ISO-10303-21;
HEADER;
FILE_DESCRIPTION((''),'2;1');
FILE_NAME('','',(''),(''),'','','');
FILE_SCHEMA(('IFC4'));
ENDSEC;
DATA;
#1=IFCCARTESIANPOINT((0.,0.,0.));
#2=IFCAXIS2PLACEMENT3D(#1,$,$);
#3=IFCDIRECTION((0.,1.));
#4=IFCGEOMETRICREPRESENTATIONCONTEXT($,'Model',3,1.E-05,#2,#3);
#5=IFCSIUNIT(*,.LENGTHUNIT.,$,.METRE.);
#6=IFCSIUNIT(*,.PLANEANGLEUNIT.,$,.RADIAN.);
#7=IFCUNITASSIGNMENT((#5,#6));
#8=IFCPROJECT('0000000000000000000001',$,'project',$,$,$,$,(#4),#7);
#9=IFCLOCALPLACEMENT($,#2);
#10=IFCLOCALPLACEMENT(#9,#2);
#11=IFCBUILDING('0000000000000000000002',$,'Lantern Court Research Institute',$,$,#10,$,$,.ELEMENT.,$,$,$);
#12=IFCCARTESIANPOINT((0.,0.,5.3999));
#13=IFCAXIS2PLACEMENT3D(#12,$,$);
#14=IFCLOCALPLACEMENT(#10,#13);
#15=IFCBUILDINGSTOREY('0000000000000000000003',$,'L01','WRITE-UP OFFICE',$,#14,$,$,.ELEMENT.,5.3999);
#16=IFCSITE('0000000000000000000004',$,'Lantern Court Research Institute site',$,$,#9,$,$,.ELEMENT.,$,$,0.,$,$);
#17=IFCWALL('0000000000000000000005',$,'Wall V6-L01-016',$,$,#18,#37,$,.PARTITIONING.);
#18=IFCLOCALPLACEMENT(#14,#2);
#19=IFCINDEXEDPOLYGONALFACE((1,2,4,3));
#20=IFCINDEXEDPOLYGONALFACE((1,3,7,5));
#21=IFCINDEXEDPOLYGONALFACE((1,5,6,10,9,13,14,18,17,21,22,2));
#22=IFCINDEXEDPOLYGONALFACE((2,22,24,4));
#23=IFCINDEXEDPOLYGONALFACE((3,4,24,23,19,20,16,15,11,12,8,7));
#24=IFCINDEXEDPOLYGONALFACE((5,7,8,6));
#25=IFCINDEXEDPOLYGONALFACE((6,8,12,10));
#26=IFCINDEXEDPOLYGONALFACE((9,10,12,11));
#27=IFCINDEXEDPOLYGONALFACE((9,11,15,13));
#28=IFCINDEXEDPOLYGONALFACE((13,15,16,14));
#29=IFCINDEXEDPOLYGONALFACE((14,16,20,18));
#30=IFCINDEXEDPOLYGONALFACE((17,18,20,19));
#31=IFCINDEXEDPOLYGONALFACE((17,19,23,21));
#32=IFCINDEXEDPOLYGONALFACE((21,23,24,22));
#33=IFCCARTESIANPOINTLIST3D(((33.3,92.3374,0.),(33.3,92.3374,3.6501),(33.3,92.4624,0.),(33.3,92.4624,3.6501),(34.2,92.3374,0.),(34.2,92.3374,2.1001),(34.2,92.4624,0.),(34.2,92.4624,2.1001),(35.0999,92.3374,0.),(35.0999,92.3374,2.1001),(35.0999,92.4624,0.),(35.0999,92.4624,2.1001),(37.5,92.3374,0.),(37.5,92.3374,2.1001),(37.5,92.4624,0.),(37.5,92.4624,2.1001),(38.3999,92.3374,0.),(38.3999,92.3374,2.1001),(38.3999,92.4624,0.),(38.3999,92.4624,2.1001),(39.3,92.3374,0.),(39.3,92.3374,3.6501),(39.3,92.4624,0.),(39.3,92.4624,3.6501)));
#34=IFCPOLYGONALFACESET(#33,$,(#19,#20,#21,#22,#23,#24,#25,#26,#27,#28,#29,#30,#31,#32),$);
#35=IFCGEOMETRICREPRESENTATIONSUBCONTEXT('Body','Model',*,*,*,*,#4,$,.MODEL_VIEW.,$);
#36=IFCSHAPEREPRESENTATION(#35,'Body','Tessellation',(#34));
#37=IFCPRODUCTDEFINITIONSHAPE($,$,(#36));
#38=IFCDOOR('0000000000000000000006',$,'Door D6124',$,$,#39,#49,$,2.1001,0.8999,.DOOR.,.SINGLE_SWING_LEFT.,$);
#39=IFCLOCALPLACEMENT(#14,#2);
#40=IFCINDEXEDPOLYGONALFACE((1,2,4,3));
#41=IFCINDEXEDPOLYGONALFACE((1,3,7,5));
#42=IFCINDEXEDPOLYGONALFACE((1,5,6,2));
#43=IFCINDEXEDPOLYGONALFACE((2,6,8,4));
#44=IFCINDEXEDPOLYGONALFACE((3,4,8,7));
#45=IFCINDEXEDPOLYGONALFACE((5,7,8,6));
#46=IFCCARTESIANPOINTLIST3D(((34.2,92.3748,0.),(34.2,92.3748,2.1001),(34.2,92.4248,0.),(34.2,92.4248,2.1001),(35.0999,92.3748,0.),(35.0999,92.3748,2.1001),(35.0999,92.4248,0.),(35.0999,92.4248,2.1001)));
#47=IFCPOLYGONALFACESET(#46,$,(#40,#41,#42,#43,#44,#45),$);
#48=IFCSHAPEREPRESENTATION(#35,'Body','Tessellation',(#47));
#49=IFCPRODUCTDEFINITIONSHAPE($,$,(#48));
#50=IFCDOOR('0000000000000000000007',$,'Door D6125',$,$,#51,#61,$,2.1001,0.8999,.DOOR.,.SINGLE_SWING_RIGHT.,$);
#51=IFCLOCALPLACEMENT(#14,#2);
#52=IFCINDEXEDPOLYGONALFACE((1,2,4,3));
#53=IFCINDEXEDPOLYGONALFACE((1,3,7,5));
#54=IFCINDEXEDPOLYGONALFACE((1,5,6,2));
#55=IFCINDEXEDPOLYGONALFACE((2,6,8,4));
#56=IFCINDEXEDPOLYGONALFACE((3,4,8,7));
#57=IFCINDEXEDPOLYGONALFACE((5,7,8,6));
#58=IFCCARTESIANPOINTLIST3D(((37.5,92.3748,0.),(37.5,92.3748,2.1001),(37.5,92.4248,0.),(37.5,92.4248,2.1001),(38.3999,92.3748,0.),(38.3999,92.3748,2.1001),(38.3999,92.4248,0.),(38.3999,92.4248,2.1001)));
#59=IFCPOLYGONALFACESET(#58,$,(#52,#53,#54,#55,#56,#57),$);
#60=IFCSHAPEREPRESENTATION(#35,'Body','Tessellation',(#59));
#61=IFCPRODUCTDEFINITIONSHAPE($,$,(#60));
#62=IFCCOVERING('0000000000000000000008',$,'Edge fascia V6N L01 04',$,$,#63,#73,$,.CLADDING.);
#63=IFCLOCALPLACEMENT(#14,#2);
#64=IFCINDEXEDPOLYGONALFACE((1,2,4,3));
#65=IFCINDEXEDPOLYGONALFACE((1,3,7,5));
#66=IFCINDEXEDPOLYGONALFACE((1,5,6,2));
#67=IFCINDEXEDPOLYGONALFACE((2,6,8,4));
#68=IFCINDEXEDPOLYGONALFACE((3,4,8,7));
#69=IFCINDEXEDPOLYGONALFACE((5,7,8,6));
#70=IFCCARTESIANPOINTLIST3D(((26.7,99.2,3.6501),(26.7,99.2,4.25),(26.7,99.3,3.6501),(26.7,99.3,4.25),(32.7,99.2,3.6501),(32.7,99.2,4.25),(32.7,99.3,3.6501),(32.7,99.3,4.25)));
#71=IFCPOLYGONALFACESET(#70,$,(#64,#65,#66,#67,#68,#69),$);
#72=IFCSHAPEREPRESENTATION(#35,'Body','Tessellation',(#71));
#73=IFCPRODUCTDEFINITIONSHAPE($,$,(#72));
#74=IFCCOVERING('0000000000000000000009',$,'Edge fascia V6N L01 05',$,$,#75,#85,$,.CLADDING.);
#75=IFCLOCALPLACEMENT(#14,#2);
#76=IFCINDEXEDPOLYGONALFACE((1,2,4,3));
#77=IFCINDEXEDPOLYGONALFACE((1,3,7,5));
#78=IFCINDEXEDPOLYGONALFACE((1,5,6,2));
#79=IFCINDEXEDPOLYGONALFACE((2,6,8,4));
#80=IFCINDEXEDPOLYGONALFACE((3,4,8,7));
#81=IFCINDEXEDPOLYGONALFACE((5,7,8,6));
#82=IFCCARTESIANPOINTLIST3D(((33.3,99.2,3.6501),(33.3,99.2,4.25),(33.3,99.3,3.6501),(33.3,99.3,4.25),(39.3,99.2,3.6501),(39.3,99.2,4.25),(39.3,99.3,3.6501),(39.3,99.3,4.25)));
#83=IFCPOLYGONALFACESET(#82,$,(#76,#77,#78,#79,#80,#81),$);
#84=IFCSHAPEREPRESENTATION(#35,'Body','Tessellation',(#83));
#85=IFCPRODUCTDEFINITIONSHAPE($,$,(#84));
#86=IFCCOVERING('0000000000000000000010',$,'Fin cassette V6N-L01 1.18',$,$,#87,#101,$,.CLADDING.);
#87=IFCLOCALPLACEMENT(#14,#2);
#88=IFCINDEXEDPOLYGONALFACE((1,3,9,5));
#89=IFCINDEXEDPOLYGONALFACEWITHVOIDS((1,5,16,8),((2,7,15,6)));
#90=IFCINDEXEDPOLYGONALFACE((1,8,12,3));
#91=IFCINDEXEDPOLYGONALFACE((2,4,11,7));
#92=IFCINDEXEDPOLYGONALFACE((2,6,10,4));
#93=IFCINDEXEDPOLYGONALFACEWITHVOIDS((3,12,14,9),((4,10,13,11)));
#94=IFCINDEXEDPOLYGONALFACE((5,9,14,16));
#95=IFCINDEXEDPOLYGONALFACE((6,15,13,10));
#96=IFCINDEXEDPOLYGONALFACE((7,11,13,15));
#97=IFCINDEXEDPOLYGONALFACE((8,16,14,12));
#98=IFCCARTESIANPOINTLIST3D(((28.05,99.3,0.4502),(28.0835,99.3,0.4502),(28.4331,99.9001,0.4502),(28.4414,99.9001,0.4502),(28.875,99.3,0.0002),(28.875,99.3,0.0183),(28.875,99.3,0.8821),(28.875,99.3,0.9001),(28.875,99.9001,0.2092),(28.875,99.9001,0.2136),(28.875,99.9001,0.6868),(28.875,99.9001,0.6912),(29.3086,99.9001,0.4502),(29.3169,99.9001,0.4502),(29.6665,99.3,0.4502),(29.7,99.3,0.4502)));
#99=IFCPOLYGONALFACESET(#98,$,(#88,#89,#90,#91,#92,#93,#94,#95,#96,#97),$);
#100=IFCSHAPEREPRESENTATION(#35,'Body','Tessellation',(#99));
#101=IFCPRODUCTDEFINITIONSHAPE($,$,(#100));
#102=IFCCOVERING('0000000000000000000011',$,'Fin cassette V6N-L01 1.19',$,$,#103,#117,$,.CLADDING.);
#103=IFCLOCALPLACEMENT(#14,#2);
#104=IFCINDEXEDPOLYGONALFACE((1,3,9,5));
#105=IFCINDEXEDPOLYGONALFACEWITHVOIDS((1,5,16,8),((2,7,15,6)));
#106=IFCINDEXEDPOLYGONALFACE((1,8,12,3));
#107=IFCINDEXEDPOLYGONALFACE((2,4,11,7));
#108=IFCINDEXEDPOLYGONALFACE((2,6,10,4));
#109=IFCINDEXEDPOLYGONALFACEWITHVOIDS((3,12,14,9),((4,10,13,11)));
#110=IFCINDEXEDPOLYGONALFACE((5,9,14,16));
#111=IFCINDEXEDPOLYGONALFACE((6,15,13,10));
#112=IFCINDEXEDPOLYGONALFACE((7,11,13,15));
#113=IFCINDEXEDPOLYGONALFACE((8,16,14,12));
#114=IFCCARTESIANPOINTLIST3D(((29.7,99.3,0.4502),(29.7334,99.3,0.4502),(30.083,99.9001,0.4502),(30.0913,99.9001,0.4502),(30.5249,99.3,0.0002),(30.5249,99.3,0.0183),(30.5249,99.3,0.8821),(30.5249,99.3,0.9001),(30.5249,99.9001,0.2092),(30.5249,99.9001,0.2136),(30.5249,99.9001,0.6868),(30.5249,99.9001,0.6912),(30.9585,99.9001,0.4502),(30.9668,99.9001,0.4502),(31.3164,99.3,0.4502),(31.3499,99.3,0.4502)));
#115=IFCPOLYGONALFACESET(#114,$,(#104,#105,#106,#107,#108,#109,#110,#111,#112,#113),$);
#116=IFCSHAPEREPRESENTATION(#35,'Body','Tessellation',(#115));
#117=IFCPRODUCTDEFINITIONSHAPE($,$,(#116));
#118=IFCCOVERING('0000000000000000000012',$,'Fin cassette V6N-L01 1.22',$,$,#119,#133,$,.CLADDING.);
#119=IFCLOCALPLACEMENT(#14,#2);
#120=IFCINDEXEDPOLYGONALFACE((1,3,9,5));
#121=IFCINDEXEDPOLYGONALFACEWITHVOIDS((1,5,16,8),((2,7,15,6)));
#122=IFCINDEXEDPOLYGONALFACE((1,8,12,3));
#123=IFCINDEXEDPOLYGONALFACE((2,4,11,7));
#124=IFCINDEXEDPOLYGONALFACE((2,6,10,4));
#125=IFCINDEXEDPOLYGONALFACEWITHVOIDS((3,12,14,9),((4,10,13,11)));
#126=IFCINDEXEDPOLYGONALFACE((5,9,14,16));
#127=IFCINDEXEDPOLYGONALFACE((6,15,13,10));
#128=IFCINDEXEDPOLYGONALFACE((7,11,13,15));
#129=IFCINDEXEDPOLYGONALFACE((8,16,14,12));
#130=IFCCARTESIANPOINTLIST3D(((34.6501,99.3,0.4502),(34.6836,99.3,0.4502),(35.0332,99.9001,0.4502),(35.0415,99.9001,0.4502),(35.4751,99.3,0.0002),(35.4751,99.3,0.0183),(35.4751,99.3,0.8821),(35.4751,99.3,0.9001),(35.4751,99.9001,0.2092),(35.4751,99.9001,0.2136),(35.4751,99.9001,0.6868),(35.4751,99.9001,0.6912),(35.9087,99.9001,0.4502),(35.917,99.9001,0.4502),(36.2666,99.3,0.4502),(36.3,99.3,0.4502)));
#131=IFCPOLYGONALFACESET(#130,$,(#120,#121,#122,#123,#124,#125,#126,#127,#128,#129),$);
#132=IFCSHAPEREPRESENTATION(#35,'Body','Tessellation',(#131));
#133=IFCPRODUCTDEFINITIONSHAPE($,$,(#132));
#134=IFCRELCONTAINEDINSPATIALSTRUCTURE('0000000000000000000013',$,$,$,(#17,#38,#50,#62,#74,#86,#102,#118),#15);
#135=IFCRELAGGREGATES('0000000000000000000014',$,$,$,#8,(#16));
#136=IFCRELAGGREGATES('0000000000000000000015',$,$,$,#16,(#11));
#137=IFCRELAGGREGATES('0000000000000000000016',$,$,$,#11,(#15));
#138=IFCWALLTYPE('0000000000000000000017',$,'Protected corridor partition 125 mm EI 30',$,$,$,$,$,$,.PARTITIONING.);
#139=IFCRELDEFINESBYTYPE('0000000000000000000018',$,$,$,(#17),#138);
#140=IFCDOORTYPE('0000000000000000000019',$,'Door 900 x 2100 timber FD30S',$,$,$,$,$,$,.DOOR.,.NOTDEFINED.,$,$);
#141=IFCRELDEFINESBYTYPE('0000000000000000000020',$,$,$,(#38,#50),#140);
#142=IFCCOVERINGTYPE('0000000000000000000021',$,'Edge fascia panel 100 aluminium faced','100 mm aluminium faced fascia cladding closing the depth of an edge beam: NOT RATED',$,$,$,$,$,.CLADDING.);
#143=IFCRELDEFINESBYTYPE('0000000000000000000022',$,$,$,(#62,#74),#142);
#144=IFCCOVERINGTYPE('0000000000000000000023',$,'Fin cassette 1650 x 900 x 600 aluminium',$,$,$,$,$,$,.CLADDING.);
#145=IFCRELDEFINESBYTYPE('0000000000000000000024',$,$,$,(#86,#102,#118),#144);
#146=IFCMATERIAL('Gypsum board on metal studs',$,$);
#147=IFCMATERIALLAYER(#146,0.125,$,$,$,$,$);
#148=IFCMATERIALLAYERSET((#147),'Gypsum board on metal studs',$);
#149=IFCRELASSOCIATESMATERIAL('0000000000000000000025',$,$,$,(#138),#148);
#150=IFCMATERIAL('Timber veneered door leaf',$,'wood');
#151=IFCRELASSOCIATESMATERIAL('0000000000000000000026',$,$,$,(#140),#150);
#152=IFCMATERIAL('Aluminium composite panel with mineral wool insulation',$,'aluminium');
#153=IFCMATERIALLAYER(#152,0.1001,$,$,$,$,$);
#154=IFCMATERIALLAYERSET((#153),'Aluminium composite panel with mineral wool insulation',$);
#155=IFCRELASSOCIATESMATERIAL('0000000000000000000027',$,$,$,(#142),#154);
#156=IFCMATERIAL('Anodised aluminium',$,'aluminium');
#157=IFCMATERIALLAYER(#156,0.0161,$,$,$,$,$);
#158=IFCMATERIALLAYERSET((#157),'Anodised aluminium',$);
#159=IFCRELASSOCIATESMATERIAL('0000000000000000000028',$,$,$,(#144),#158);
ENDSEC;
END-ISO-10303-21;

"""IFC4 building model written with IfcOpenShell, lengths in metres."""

from ifc_helpers import new_model, entity, si_unit, direction, frame, frame_2d, origin, place, context, subcontext, project, spatial, rectangle, extrude, material, layer, layer_set, type_object, element, fill, save


model = new_model("IFC4")

# Units and contexts
model_context = context("Model", 3, precision=1e-05, world=origin(), true_north=direction((0.0, 1.0)))
body_context = subcontext(model_context, "Body", "Model", "MODEL_VIEW")
ifc_project = project(units=[si_unit("LENGTHUNIT", "METRE"), si_unit("PLANEANGLEUNIT", "RADIAN")], contexts=[model_context])

# Site, building, storey
site_placement = place(None, origin())
site = spatial("IfcSite", under=ifc_project, at=site_placement, Name="Lantern Court Research Institute site", CompositionType="ELEMENT", RefElevation=0.0)
building_placement = place(site_placement, origin())
building = spatial("IfcBuilding", under=site, at=building_placement, Name="Lantern Court Research Institute", CompositionType="ELEMENT")
storey_placement = place(building_placement, frame((0.0, 0.0, 5.3999)))
storey = spatial("IfcBuildingStorey", under=building, at=storey_placement, Name="L01", Description="WRITE-UP OFFICE", CompositionType="ELEMENT", Elevation=5.3999)

# Wall, openings, doors
ifc_material_1 = material(Name="Gypsum board on metal studs")
ifc_layer_1 = layer(ifc_material_1, 0.125)
ifc_layer_set_1 = layer_set([ifc_layer_1], Name="Gypsum board on metal studs")
wall_type_1 = type_object("IfcWallType", Name="Protected corridor partition 125 mm EI 30", PredefinedType="PARTITIONING", material=ifc_layer_set_1)
wall_1_placement = place(storey_placement, frame((33.3, 92.3999, 0.0), z_axis=(0.0, 0.0, 1.0), x_axis=(1.0, 0.0, 0.0)))
wall_1 = element("IfcWall", 1, at=wall_1_placement, inside=storey, type_object=wall_type_1, Name="Wall V6-L01-016", PredefinedType="PARTITIONING", context=body_context, shape_type="SweptSolid", body=[
    extrude(rectangle(XDim=6.0, YDim=0.125, at=frame_2d((3.0, 0.0))), origin(), (0.0, 0.0, 1.0), 3.6501),
])
opening_1_placement = place(wall_1_placement, frame((0.8999, 0.0, 0.0)))
opening_1 = element("IfcOpeningElement", 2, at=opening_1_placement, cuts=wall_1, PredefinedType="OPENING", context=body_context, shape_type="SweptSolid", body=[
    extrude(rectangle(XDim=0.8999, YDim=2.1001, at=frame_2d((0.45, 1.05))), frame((0.0, 0.0725, 0.0), z_axis=(0.0, -1.0, 0.0), x_axis=(1.0, 0.0, 0.0)), (0.0, 0.0, 1.0), 0.145),
])
opening_2_placement = place(wall_1_placement, frame((4.2, 0.0, 0.0)))
opening_2 = element("IfcOpeningElement", 3, at=opening_2_placement, cuts=wall_1, PredefinedType="OPENING", context=body_context, shape_type="SweptSolid", body=[
    extrude(rectangle(XDim=0.8999, YDim=2.1001, at=frame_2d((0.45, 1.05))), frame((0.0, 0.0725, 0.0), z_axis=(0.0, -1.0, 0.0), x_axis=(1.0, 0.0, 0.0)), (0.0, 0.0, 1.0), 0.145),
])
ifc_material_2 = material(Name="Timber veneered door leaf", Category="wood")
door_type = type_object("IfcDoorType", Name="Door 900 x 2100 timber FD30S", OperationType="NOTDEFINED", PredefinedType="DOOR", material=ifc_material_2)
door_1_placement = place(opening_1_placement, origin())
door_1 = element("IfcDoor", 4, at=door_1_placement, inside=storey, type_object=door_type, Name="Door D6124", OperationType="SINGLE_SWING_LEFT", OverallHeight=2.1001, OverallWidth=0.8999, PredefinedType="DOOR", context=body_context, shape_type="SweptSolid", body=[
    extrude(rectangle(XDim=0.8999, YDim=2.1001, at=frame_2d((0.45, 1.05))), frame((0.0, 0.0249, 0.0), z_axis=(0.0, -1.0, 0.0), x_axis=(1.0, 0.0, 0.0)), (0.0, 0.0, 1.0), 0.05),
])
fill(opening_1, door_1)
door_2_placement = place(opening_2_placement, origin())
door_2 = element("IfcDoor", 5, at=door_2_placement, inside=storey, type_object=door_type, Name="Door D6125", OperationType="SINGLE_SWING_RIGHT", OverallHeight=2.1001, OverallWidth=0.8999, PredefinedType="DOOR", context=body_context, shape_type="SweptSolid", body=[
    extrude(rectangle(XDim=0.8999, YDim=2.1001, at=frame_2d((0.45, 1.05))), frame((0.0, 0.0249, 0.0), z_axis=(0.0, -1.0, 0.0), x_axis=(1.0, 0.0, 0.0)), (0.0, 0.0, 1.0), 0.05),
])
fill(opening_2, door_2)

# Coverings
ifc_material_3 = material(Name="Aluminium composite panel with mineral wool insulation", Category="aluminium")
ifc_layer_2 = layer(ifc_material_3, 0.1001)
ifc_layer_set_2 = layer_set([ifc_layer_2], Name="Aluminium composite panel with mineral wool insulation")
covering_type_1 = type_object("IfcCoveringType", Name="Edge fascia panel 100 aluminium faced", Description="100 mm aluminium faced fascia cladding closing the depth of an edge beam: NOT RATED", PredefinedType="CLADDING", material=ifc_layer_set_2)
for number, where, z_axis, x_axis, name in (
    (6, (26.7, 99.25, 3.6501), (0.0, 0.0, 1.0), (1.0, 0.0, 0.0), "Edge fascia V6N L01 04"),
    (7, (33.3, 99.25, 3.6501), (0.0, 0.0, 1.0), (1.0, 0.0, 0.0), "Edge fascia V6N L01 05"),
):
    element("IfcCovering", number, at=place(storey_placement, frame(where, z_axis=z_axis, x_axis=x_axis)), inside=storey, type_object=covering_type_1, Name=name, PredefinedType="CLADDING", context=body_context, shape_type="SweptSolid", body=[
        extrude(rectangle(XDim=6.0, YDim=0.1001, at=frame_2d((3.0, 0.0))), origin(), (0.0, 0.0, 1.0), 0.5999),
    ])
ifc_material_4 = material(Name="Anodised aluminium", Category="aluminium")
ifc_layer_3 = layer(ifc_material_4, 0.0161)
ifc_layer_set_3 = layer_set([ifc_layer_3], Name="Anodised aluminium")
covering_type_2 = type_object("IfcCoveringType", Name="Fin cassette 1650 x 900 x 600 aluminium", PredefinedType="CLADDING", material=ifc_layer_set_3)
covering_1_placement = place(storey_placement, frame((28.875, 99.3, 0.4502), z_axis=(0.0, 1.0, 0.0), x_axis=(-1.0, 0.0, 0.0)))
cartesian_point_1 = entity("IfcCartesianPoint", [0.825, 0.0])
cartesian_point_2 = entity("IfcCartesianPoint", [0.7915, 0.0])
cartesian_point_3 = entity("IfcCartesianPoint", [0.4419, 0.0])
cartesian_point_4 = entity("IfcCartesianPoint", [0.4336, 0.0])
element("IfcCovering", 8, at=covering_1_placement, inside=storey, type_object=covering_type_2, Name="Fin cassette V6N-L01 1.18", PredefinedType="CLADDING", context=body_context, shape_type="SweptSolid", body=[
    entity("IfcExtrudedAreaSolidTapered", entity("IfcArbitraryProfileDefWithVoids", "AREA", None, entity("IfcPolyline", [cartesian_point_1, entity("IfcCartesianPoint", [0.0, 0.45]), entity("IfcCartesianPoint", [-0.825, 0.0]), entity("IfcCartesianPoint", [0.0, -0.45]), cartesian_point_1]), [entity("IfcPolyline", [cartesian_point_2, entity("IfcCartesianPoint", [0.0, 0.4319]), entity("IfcCartesianPoint", [-0.7915, 0.0]), entity("IfcCartesianPoint", [0.0, -0.4319]), cartesian_point_2])]), entity("IfcAxis2Placement3D", entity("IfcCartesianPoint", [0.0, 0.0, 0.0])), entity("IfcDirection", [0.0, 0.0, 1.0]), 0.6001, entity("IfcArbitraryProfileDefWithVoids", "AREA", None, entity("IfcPolyline", [cartesian_point_3, entity("IfcCartesianPoint", [0.0, 0.241]), entity("IfcCartesianPoint", [-0.4419, 0.0]), entity("IfcCartesianPoint", [0.0, -0.241]), cartesian_point_3]), [entity("IfcPolyline", [cartesian_point_4, entity("IfcCartesianPoint", [0.0, 0.2366]), entity("IfcCartesianPoint", [-0.4336, 0.0]), entity("IfcCartesianPoint", [0.0, -0.2366]), cartesian_point_4])])),
])
covering_2_placement = place(storey_placement, frame((30.5249, 99.3, 0.4502), z_axis=(0.0, 1.0, 0.0), x_axis=(-1.0, 0.0, 0.0)))
cartesian_point_5 = entity("IfcCartesianPoint", [0.825, 0.0])
cartesian_point_6 = entity("IfcCartesianPoint", [0.7915, 0.0])
cartesian_point_7 = entity("IfcCartesianPoint", [0.4419, 0.0])
cartesian_point_8 = entity("IfcCartesianPoint", [0.4336, 0.0])
element("IfcCovering", 9, at=covering_2_placement, inside=storey, type_object=covering_type_2, Name="Fin cassette V6N-L01 1.19", PredefinedType="CLADDING", context=body_context, shape_type="SweptSolid", body=[
    entity("IfcExtrudedAreaSolidTapered", entity("IfcArbitraryProfileDefWithVoids", "AREA", None, entity("IfcPolyline", [cartesian_point_5, entity("IfcCartesianPoint", [0.0, 0.45]), entity("IfcCartesianPoint", [-0.825, 0.0]), entity("IfcCartesianPoint", [0.0, -0.45]), cartesian_point_5]), [entity("IfcPolyline", [cartesian_point_6, entity("IfcCartesianPoint", [0.0, 0.4319]), entity("IfcCartesianPoint", [-0.7915, 0.0]), entity("IfcCartesianPoint", [0.0, -0.4319]), cartesian_point_6])]), entity("IfcAxis2Placement3D", entity("IfcCartesianPoint", [0.0, 0.0, 0.0])), entity("IfcDirection", [0.0, 0.0, 1.0]), 0.6001, entity("IfcArbitraryProfileDefWithVoids", "AREA", None, entity("IfcPolyline", [cartesian_point_7, entity("IfcCartesianPoint", [0.0, 0.241]), entity("IfcCartesianPoint", [-0.4419, 0.0]), entity("IfcCartesianPoint", [0.0, -0.241]), cartesian_point_7]), [entity("IfcPolyline", [cartesian_point_8, entity("IfcCartesianPoint", [0.0, 0.2366]), entity("IfcCartesianPoint", [-0.4336, 0.0]), entity("IfcCartesianPoint", [0.0, -0.2366]), cartesian_point_8])])),
])
covering_3_placement = place(storey_placement, frame((35.4751, 99.3, 0.4502), z_axis=(0.0, 1.0, 0.0), x_axis=(-1.0, 0.0, 0.0)))
cartesian_point_9 = entity("IfcCartesianPoint", [0.825, 0.0])
cartesian_point_10 = entity("IfcCartesianPoint", [0.7915, 0.0])
cartesian_point_11 = entity("IfcCartesianPoint", [0.4419, 0.0])
cartesian_point_12 = entity("IfcCartesianPoint", [0.4336, 0.0])
element("IfcCovering", 10, at=covering_3_placement, inside=storey, type_object=covering_type_2, Name="Fin cassette V6N-L01 1.22", PredefinedType="CLADDING", context=body_context, shape_type="SweptSolid", body=[
    entity("IfcExtrudedAreaSolidTapered", entity("IfcArbitraryProfileDefWithVoids", "AREA", None, entity("IfcPolyline", [cartesian_point_9, entity("IfcCartesianPoint", [0.0, 0.45]), entity("IfcCartesianPoint", [-0.825, 0.0]), entity("IfcCartesianPoint", [0.0, -0.45]), cartesian_point_9]), [entity("IfcPolyline", [cartesian_point_10, entity("IfcCartesianPoint", [0.0, 0.4319]), entity("IfcCartesianPoint", [-0.7915, 0.0]), entity("IfcCartesianPoint", [0.0, -0.4319]), cartesian_point_10])]), entity("IfcAxis2Placement3D", entity("IfcCartesianPoint", [0.0, 0.0, 0.0])), entity("IfcDirection", [0.0, 0.0, 1.0]), 0.6001, entity("IfcArbitraryProfileDefWithVoids", "AREA", None, entity("IfcPolyline", [cartesian_point_11, entity("IfcCartesianPoint", [0.0, 0.241]), entity("IfcCartesianPoint", [-0.4419, 0.0]), entity("IfcCartesianPoint", [0.0, -0.241]), cartesian_point_11]), [entity("IfcPolyline", [cartesian_point_12, entity("IfcCartesianPoint", [0.0, 0.2366]), entity("IfcCartesianPoint", [-0.4336, 0.0]), entity("IfcCartesianPoint", [0.0, -0.2366]), cartesian_point_12])])),
])

save(model, "model.ifc")
